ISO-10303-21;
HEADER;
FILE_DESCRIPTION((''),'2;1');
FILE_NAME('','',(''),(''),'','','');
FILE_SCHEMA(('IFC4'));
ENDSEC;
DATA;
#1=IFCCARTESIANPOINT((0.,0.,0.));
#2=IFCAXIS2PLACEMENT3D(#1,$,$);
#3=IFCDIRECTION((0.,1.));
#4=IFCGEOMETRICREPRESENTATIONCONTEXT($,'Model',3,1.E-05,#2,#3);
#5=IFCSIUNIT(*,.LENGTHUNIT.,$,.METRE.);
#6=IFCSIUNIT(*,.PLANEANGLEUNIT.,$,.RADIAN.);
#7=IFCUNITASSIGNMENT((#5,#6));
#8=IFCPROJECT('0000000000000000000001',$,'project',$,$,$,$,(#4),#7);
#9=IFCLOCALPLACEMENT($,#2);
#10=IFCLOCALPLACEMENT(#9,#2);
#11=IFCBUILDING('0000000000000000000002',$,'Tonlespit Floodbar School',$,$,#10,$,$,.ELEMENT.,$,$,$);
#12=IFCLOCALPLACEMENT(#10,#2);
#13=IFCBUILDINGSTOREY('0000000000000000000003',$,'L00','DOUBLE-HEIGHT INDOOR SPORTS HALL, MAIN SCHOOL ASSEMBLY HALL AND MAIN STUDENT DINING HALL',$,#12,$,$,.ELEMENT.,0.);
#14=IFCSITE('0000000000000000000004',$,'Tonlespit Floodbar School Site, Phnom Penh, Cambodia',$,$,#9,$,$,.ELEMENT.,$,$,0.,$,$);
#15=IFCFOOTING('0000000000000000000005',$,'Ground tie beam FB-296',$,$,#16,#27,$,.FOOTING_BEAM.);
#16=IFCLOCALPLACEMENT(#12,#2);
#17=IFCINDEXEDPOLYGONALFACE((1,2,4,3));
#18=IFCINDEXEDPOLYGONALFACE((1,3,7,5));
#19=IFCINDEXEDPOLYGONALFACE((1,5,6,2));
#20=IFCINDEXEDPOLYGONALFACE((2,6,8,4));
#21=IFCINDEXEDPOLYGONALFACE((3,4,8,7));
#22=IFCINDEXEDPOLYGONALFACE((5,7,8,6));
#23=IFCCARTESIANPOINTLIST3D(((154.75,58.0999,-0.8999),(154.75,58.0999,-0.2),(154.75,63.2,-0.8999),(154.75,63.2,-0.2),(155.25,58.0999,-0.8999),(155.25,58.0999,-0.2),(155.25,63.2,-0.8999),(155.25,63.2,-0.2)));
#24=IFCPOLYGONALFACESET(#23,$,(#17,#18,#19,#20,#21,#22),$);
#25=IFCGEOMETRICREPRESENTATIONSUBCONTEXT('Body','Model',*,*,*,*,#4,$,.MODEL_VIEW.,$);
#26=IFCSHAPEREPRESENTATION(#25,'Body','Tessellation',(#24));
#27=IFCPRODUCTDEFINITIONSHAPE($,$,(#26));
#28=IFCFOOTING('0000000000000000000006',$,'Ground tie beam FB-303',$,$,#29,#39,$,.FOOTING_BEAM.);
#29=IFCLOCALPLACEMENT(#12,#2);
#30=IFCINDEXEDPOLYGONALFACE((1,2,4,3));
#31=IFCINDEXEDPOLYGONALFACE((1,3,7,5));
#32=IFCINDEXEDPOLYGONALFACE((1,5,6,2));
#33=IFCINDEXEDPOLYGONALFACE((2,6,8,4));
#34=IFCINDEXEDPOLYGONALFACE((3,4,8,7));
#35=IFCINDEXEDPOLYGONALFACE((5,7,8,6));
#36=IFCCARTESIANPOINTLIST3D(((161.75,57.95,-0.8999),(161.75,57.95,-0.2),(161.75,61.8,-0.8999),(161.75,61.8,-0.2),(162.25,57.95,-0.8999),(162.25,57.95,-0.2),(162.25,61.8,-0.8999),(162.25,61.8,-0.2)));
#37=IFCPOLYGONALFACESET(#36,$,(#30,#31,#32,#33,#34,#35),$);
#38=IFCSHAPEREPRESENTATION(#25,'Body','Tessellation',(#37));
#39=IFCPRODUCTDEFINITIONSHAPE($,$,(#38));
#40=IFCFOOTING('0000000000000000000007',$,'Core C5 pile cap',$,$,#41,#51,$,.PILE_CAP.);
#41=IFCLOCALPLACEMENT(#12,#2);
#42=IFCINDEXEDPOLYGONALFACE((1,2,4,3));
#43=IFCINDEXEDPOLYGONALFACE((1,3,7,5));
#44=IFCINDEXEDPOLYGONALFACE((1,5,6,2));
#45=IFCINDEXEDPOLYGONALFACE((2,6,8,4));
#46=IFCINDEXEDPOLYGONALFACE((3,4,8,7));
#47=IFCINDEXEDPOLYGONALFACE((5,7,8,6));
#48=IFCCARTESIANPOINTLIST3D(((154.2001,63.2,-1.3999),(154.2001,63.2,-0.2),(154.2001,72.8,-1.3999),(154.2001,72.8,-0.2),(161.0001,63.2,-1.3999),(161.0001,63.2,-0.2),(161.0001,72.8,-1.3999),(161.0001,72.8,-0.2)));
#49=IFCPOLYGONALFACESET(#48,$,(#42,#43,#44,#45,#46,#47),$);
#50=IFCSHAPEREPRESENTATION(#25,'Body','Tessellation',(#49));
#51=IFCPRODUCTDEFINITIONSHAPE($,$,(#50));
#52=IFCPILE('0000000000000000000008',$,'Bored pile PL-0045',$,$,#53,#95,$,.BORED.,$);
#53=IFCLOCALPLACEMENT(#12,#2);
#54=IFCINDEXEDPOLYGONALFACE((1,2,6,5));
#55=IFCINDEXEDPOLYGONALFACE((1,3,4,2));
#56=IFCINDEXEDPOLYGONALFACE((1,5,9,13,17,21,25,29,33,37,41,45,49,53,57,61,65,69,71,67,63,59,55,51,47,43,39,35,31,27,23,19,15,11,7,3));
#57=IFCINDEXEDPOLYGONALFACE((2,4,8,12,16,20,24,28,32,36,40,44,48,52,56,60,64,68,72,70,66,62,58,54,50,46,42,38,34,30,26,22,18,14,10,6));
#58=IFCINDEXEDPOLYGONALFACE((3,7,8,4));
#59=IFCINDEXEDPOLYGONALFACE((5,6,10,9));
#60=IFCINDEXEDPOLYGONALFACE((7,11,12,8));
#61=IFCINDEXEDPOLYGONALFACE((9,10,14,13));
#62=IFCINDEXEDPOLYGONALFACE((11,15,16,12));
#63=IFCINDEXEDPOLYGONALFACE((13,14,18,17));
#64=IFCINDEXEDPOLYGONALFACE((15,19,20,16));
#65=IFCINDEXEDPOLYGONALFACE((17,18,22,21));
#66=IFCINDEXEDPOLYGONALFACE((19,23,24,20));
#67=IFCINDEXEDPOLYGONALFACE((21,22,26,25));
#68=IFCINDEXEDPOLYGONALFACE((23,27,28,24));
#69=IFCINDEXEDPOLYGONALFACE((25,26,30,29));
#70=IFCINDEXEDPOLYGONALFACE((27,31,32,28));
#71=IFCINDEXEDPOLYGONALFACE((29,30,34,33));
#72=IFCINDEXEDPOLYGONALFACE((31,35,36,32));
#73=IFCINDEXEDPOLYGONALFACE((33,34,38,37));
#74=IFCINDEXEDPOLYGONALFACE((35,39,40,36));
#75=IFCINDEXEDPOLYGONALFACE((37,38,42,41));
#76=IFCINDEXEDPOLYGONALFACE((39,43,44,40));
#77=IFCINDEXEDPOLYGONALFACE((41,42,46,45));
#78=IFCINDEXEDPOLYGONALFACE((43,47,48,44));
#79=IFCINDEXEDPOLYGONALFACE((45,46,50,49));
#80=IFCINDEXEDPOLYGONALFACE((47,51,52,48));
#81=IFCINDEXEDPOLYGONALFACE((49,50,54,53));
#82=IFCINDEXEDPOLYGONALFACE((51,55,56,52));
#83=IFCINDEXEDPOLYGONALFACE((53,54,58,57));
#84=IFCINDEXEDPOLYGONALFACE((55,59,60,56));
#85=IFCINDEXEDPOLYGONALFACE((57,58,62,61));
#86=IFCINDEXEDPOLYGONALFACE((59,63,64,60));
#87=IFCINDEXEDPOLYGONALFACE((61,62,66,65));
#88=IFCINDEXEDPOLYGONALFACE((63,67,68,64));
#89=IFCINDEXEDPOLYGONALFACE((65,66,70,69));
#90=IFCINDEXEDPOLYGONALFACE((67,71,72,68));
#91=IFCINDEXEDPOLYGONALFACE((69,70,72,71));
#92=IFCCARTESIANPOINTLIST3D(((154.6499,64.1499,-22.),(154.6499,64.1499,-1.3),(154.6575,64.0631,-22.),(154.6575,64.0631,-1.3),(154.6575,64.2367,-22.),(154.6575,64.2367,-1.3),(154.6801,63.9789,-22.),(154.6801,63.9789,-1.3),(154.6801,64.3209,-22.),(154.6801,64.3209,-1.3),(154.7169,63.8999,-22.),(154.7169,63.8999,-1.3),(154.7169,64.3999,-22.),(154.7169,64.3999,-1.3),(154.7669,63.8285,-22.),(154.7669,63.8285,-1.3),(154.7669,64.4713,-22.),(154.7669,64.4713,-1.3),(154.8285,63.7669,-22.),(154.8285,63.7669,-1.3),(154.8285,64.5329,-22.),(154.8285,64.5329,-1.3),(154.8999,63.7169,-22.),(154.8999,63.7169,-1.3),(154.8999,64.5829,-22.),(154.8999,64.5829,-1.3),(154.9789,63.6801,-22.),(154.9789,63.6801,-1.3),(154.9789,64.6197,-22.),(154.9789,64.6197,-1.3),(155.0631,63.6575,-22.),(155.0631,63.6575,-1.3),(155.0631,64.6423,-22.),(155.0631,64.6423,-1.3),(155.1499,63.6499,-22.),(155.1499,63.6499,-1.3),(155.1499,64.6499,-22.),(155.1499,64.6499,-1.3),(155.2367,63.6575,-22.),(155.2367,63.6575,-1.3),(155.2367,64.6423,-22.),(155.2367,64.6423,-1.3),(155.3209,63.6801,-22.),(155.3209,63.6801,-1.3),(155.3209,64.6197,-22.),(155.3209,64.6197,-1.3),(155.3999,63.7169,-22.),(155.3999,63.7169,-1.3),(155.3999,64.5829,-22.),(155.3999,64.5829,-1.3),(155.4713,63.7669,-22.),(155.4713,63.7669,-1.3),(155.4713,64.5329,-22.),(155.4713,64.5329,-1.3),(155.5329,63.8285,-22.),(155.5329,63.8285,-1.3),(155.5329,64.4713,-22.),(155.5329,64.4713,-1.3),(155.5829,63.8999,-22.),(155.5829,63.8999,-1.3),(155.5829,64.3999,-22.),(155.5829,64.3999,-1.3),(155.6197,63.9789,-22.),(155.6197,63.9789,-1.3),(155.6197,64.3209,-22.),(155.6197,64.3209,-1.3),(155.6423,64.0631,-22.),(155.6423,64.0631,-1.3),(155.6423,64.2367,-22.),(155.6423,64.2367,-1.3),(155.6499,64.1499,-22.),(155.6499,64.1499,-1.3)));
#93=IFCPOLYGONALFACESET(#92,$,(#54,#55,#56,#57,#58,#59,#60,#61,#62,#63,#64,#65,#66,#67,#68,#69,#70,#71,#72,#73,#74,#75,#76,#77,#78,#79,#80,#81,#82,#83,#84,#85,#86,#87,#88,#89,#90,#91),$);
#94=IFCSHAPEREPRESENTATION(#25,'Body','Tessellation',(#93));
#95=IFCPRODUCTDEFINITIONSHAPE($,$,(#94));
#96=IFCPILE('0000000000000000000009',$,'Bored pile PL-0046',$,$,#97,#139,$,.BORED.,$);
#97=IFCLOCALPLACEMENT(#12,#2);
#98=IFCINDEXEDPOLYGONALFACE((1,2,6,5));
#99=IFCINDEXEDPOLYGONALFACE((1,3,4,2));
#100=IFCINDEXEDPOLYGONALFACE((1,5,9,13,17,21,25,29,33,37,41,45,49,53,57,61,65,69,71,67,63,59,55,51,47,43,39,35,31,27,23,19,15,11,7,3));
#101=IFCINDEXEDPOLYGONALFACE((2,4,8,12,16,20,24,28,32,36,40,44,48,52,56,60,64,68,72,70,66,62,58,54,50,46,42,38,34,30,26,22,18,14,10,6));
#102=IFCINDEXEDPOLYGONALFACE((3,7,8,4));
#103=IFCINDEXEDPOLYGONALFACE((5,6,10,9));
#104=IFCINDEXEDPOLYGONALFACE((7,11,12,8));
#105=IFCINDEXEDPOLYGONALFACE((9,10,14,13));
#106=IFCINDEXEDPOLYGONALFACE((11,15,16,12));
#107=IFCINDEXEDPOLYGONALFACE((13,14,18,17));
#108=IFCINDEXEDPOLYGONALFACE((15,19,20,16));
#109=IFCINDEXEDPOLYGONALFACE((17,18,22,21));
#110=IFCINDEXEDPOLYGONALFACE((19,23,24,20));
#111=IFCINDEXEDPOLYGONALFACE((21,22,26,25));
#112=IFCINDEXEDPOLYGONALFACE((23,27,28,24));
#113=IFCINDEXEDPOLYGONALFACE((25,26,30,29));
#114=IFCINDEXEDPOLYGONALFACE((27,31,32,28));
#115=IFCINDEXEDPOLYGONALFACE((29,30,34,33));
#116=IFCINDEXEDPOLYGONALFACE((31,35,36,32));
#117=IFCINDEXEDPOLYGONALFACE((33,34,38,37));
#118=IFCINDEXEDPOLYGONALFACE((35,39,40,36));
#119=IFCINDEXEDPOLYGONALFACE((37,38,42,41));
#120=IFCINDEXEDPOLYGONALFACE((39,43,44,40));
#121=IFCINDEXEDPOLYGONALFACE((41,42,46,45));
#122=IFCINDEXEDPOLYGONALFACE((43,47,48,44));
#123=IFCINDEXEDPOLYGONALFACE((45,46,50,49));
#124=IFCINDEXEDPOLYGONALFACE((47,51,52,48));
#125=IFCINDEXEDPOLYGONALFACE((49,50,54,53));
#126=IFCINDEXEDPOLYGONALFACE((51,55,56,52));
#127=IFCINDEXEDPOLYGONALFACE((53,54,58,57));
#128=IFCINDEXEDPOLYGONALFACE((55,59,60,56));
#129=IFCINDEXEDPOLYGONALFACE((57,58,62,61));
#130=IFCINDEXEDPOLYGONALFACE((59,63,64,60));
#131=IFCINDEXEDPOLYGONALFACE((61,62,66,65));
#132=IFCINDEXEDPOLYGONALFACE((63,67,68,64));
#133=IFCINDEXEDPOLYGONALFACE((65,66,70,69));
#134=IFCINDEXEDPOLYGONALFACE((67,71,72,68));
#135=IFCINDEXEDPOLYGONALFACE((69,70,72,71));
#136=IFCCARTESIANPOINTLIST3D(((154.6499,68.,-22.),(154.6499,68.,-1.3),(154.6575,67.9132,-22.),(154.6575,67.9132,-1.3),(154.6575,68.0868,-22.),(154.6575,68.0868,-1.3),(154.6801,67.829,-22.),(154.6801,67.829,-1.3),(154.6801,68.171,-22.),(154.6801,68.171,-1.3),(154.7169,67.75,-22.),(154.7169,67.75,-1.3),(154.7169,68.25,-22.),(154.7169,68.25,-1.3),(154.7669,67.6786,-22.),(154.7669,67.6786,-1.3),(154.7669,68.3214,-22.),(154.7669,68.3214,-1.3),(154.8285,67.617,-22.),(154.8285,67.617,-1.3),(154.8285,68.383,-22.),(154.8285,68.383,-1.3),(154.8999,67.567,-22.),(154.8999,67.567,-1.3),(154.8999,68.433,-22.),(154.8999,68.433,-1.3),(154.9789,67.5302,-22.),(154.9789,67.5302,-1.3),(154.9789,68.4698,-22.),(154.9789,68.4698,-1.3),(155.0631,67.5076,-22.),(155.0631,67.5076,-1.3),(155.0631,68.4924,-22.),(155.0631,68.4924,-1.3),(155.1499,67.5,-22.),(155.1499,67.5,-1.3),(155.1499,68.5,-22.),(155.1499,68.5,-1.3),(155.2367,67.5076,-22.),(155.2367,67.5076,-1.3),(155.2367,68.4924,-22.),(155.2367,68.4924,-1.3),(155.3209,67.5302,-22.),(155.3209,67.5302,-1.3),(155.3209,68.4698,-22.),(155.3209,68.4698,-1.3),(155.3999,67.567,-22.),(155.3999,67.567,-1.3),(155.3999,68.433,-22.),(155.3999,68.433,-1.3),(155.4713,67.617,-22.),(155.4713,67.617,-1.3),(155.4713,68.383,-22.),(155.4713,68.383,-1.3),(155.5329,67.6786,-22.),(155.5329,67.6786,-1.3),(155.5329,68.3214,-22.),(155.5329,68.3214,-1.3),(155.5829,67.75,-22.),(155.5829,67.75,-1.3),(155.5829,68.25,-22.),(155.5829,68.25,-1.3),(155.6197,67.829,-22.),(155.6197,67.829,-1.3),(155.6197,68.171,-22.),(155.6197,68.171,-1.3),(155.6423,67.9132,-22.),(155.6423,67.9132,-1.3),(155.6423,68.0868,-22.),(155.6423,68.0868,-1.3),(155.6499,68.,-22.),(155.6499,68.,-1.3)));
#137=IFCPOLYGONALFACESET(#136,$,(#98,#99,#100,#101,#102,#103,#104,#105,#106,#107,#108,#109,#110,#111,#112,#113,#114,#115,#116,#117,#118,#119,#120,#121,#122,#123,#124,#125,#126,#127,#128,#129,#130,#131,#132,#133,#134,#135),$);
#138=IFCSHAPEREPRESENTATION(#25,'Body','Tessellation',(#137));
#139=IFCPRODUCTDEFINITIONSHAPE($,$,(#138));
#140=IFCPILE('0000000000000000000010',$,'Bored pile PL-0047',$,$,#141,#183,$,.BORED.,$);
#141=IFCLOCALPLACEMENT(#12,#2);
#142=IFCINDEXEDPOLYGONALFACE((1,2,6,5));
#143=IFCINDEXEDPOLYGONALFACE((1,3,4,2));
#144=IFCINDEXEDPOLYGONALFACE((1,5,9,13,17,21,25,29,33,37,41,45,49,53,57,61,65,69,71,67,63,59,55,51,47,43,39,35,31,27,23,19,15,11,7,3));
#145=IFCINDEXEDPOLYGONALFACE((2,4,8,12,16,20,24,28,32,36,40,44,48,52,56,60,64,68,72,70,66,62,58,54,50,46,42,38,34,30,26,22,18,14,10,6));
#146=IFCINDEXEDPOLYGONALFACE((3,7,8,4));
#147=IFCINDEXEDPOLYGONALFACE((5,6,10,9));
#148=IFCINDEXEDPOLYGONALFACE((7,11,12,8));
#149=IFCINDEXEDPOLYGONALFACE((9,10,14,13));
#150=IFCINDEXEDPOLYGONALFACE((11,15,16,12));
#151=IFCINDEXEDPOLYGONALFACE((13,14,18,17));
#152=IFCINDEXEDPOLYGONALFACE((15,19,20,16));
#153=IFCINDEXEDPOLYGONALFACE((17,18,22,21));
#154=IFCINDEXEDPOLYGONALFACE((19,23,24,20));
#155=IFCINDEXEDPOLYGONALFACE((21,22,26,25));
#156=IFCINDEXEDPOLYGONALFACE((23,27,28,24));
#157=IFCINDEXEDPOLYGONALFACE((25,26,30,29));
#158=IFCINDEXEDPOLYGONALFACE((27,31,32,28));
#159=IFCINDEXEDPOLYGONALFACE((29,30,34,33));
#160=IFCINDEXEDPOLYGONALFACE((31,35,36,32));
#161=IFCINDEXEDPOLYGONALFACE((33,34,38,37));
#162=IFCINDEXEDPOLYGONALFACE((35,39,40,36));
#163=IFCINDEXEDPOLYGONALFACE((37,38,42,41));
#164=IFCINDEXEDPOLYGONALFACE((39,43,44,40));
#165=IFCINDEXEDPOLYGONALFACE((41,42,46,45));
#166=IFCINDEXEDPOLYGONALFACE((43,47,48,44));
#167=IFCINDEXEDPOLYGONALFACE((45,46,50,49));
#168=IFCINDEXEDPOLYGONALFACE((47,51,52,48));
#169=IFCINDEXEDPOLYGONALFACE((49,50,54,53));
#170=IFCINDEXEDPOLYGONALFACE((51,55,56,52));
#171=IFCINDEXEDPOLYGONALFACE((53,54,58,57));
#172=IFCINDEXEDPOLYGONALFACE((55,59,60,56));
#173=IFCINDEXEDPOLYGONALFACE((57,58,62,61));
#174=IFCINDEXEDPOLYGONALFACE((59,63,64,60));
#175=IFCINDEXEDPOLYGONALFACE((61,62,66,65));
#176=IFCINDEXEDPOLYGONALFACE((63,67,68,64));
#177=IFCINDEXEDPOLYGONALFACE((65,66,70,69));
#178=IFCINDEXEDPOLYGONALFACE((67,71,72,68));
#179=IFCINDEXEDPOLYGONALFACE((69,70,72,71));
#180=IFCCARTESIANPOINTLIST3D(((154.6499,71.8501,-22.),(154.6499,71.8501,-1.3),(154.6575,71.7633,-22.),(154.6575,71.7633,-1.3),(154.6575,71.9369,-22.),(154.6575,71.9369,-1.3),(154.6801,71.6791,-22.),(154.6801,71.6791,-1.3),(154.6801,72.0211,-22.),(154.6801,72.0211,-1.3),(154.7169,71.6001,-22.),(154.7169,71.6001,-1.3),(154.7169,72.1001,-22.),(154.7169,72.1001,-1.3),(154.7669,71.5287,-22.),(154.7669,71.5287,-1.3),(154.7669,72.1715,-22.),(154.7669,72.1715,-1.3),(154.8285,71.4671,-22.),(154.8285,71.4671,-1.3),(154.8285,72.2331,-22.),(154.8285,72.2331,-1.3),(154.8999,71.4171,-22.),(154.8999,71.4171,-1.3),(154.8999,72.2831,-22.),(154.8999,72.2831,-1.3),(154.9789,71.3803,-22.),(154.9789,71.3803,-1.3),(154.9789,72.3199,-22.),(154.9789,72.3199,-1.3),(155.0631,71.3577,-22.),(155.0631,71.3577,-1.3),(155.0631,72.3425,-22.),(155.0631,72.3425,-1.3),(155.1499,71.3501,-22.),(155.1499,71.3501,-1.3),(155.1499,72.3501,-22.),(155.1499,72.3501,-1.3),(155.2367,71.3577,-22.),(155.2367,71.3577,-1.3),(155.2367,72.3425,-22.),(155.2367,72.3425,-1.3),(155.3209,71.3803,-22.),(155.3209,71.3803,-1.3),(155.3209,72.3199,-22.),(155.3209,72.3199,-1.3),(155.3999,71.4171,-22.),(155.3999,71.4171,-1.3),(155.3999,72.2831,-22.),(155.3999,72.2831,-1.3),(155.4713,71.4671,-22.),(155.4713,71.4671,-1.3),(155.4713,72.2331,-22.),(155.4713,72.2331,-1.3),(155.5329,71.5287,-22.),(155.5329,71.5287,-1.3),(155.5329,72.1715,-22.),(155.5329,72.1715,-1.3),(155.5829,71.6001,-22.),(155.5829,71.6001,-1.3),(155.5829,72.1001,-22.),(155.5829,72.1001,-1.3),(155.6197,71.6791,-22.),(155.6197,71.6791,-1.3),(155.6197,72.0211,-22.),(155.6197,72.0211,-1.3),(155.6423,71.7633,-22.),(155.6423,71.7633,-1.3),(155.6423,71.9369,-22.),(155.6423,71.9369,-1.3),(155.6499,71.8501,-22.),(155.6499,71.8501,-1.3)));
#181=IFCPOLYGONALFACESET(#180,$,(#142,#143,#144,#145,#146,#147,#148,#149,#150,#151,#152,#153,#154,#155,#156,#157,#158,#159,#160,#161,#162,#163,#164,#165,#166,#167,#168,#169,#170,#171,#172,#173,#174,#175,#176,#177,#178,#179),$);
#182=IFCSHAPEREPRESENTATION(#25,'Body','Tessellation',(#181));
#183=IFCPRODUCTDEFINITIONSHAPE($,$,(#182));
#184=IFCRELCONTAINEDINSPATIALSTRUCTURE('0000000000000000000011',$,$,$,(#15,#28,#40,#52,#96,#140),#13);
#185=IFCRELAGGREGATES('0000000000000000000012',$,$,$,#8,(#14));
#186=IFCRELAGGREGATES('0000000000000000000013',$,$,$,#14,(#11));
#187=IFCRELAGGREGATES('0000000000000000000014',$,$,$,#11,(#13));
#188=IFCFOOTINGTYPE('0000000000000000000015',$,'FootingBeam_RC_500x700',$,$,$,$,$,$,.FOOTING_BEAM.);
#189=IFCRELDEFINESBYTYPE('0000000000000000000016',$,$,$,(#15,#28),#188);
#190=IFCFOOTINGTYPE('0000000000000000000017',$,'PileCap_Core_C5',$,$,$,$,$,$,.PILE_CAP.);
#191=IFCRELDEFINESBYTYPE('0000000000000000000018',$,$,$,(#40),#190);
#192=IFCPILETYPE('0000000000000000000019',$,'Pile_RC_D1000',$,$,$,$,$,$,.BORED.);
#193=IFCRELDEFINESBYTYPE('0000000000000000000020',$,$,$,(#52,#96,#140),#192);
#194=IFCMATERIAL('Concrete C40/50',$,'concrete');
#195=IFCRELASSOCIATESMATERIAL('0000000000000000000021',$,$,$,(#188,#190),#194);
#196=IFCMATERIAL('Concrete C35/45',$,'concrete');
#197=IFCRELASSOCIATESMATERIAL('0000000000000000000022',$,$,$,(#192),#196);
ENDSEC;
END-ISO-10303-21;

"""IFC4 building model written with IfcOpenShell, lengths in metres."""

from ifc_helpers import new_model, si_unit, direction, frame, origin, origin_2d, place, context, subcontext, project, spatial, rectangle, circle, extrude, material, material_profile, profile_set, type_object, element, save


model = new_model("IFC4")

# Units and contexts
model_context = context("Model", 3, precision=1e-05, world=origin(), true_north=direction((0.0, 1.0)))
body_context = subcontext(model_context, "Body", "Model", "MODEL_VIEW")
ifc_project = project(units=[si_unit("LENGTHUNIT", "METRE"), si_unit("PLANEANGLEUNIT", "RADIAN")], contexts=[model_context])

# Site, building, storey
site_placement = place(None, origin())
site = spatial("IfcSite", under=ifc_project, at=site_placement, Name="Tonlespit Floodbar School Site, Phnom Penh, Cambodia", CompositionType="ELEMENT", RefElevation=0.0)
building_placement = place(site_placement, origin())
building = spatial("IfcBuilding", under=site, at=building_placement, Name="Tonlespit Floodbar School", CompositionType="ELEMENT")
storey_placement = place(building_placement, origin())
storey = spatial("IfcBuildingStorey", under=building, at=storey_placement, Name="L00", Description="DOUBLE-HEIGHT INDOOR SPORTS HALL, MAIN SCHOOL ASSEMBLY HALL AND MAIN STUDENT DINING HALL", CompositionType="ELEMENT", Elevation=0.0)

# Footings
ifc_material_1 = material(Name="Concrete C40/50", Category="concrete")
footing_type_1 = type_object("IfcFootingType", Name="FootingBeam_RC_500x700", PredefinedType="FOOTING_BEAM", material=ifc_material_1)
footing_1_placement = place(storey_placement, frame((155.0, 60.6499, -0.8999), z_axis=(0.0, 0.0, 1.0), x_axis=(0.0, 1.0, 0.0)))
element("IfcFooting", 1, at=footing_1_placement, inside=storey, type_object=footing_type_1, Name="Ground tie beam FB-296", PredefinedType="FOOTING_BEAM", context=body_context, shape_type="SweptSolid", body=[
    extrude(rectangle(XDim=5.1001, YDim=0.5, at=origin_2d()), origin(), (0.0, 0.0, 1.0), 0.7),
])
footing_2_placement = place(storey_placement, frame((162.0, 59.875, -0.8999), z_axis=(0.0, 0.0, 1.0), x_axis=(0.0, 1.0, 0.0)))
element("IfcFooting", 2, at=footing_2_placement, inside=storey, type_object=footing_type_1, Name="Ground tie beam FB-303", PredefinedType="FOOTING_BEAM", context=body_context, shape_type="SweptSolid", body=[
    extrude(rectangle(XDim=3.8501, YDim=0.5, at=origin_2d()), origin(), (0.0, 0.0, 1.0), 0.7),
])
footing_type_2 = type_object("IfcFootingType", Name="PileCap_Core_C5", PredefinedType="PILE_CAP", material=ifc_material_1)
footing_3_placement = place(storey_placement, frame((157.6001, 68.0, -1.3999), z_axis=(0.0, 0.0, 1.0), x_axis=(1.0, 0.0, 0.0)))
element("IfcFooting", 3, at=footing_3_placement, inside=storey, type_object=footing_type_2, Name="Core C5 pile cap", PredefinedType="PILE_CAP", context=body_context, shape_type="SweptSolid", body=[
    extrude(rectangle(XDim=6.8, YDim=9.6001, at=origin_2d()), origin(), (0.0, 0.0, 1.0), 1.2),
])

# Piles
ifc_material_2 = material(Name="Concrete C35/45", Category="concrete")
ifc_material_profile_1 = material_profile(ifc_material_2, circle(Radius=0.5, at=origin_2d()), Name="BP D1000")
ifc_profile_set_1 = profile_set([ifc_material_profile_1], Name="Concrete C35/45")
pile_type_1 = type_object("IfcPileType", Name="Pile_RC_D1000", PredefinedType="BORED", material=ifc_profile_set_1)
for number, where, z_axis, x_axis, name in (
    (4, (155.1499, 64.1499, -1.3), (0.0, 0.0, -1.0), (1.0, 0.0, 0.0), "Bored pile PL-0045"),
    (5, (155.1499, 68.0, -1.3), (0.0, 0.0, -1.0), (1.0, 0.0, 0.0), "Bored pile PL-0046"),
    (6, (155.1499, 71.8501, -1.3), (0.0, 0.0, -1.0), (1.0, 0.0, 0.0), "Bored pile PL-0047"),
):
    element("IfcPile", number, at=place(storey_placement, frame(where, z_axis=z_axis, x_axis=x_axis)), inside=storey, type_object=pile_type_1, Name=name, PredefinedType="BORED", context=body_context, shape_type="SweptSolid", body=[
        extrude(circle(Radius=0.5, at=origin_2d()), origin(), (0.0, 0.0, 1.0), 20.7),
    ])

save(model, "model.ifc")
